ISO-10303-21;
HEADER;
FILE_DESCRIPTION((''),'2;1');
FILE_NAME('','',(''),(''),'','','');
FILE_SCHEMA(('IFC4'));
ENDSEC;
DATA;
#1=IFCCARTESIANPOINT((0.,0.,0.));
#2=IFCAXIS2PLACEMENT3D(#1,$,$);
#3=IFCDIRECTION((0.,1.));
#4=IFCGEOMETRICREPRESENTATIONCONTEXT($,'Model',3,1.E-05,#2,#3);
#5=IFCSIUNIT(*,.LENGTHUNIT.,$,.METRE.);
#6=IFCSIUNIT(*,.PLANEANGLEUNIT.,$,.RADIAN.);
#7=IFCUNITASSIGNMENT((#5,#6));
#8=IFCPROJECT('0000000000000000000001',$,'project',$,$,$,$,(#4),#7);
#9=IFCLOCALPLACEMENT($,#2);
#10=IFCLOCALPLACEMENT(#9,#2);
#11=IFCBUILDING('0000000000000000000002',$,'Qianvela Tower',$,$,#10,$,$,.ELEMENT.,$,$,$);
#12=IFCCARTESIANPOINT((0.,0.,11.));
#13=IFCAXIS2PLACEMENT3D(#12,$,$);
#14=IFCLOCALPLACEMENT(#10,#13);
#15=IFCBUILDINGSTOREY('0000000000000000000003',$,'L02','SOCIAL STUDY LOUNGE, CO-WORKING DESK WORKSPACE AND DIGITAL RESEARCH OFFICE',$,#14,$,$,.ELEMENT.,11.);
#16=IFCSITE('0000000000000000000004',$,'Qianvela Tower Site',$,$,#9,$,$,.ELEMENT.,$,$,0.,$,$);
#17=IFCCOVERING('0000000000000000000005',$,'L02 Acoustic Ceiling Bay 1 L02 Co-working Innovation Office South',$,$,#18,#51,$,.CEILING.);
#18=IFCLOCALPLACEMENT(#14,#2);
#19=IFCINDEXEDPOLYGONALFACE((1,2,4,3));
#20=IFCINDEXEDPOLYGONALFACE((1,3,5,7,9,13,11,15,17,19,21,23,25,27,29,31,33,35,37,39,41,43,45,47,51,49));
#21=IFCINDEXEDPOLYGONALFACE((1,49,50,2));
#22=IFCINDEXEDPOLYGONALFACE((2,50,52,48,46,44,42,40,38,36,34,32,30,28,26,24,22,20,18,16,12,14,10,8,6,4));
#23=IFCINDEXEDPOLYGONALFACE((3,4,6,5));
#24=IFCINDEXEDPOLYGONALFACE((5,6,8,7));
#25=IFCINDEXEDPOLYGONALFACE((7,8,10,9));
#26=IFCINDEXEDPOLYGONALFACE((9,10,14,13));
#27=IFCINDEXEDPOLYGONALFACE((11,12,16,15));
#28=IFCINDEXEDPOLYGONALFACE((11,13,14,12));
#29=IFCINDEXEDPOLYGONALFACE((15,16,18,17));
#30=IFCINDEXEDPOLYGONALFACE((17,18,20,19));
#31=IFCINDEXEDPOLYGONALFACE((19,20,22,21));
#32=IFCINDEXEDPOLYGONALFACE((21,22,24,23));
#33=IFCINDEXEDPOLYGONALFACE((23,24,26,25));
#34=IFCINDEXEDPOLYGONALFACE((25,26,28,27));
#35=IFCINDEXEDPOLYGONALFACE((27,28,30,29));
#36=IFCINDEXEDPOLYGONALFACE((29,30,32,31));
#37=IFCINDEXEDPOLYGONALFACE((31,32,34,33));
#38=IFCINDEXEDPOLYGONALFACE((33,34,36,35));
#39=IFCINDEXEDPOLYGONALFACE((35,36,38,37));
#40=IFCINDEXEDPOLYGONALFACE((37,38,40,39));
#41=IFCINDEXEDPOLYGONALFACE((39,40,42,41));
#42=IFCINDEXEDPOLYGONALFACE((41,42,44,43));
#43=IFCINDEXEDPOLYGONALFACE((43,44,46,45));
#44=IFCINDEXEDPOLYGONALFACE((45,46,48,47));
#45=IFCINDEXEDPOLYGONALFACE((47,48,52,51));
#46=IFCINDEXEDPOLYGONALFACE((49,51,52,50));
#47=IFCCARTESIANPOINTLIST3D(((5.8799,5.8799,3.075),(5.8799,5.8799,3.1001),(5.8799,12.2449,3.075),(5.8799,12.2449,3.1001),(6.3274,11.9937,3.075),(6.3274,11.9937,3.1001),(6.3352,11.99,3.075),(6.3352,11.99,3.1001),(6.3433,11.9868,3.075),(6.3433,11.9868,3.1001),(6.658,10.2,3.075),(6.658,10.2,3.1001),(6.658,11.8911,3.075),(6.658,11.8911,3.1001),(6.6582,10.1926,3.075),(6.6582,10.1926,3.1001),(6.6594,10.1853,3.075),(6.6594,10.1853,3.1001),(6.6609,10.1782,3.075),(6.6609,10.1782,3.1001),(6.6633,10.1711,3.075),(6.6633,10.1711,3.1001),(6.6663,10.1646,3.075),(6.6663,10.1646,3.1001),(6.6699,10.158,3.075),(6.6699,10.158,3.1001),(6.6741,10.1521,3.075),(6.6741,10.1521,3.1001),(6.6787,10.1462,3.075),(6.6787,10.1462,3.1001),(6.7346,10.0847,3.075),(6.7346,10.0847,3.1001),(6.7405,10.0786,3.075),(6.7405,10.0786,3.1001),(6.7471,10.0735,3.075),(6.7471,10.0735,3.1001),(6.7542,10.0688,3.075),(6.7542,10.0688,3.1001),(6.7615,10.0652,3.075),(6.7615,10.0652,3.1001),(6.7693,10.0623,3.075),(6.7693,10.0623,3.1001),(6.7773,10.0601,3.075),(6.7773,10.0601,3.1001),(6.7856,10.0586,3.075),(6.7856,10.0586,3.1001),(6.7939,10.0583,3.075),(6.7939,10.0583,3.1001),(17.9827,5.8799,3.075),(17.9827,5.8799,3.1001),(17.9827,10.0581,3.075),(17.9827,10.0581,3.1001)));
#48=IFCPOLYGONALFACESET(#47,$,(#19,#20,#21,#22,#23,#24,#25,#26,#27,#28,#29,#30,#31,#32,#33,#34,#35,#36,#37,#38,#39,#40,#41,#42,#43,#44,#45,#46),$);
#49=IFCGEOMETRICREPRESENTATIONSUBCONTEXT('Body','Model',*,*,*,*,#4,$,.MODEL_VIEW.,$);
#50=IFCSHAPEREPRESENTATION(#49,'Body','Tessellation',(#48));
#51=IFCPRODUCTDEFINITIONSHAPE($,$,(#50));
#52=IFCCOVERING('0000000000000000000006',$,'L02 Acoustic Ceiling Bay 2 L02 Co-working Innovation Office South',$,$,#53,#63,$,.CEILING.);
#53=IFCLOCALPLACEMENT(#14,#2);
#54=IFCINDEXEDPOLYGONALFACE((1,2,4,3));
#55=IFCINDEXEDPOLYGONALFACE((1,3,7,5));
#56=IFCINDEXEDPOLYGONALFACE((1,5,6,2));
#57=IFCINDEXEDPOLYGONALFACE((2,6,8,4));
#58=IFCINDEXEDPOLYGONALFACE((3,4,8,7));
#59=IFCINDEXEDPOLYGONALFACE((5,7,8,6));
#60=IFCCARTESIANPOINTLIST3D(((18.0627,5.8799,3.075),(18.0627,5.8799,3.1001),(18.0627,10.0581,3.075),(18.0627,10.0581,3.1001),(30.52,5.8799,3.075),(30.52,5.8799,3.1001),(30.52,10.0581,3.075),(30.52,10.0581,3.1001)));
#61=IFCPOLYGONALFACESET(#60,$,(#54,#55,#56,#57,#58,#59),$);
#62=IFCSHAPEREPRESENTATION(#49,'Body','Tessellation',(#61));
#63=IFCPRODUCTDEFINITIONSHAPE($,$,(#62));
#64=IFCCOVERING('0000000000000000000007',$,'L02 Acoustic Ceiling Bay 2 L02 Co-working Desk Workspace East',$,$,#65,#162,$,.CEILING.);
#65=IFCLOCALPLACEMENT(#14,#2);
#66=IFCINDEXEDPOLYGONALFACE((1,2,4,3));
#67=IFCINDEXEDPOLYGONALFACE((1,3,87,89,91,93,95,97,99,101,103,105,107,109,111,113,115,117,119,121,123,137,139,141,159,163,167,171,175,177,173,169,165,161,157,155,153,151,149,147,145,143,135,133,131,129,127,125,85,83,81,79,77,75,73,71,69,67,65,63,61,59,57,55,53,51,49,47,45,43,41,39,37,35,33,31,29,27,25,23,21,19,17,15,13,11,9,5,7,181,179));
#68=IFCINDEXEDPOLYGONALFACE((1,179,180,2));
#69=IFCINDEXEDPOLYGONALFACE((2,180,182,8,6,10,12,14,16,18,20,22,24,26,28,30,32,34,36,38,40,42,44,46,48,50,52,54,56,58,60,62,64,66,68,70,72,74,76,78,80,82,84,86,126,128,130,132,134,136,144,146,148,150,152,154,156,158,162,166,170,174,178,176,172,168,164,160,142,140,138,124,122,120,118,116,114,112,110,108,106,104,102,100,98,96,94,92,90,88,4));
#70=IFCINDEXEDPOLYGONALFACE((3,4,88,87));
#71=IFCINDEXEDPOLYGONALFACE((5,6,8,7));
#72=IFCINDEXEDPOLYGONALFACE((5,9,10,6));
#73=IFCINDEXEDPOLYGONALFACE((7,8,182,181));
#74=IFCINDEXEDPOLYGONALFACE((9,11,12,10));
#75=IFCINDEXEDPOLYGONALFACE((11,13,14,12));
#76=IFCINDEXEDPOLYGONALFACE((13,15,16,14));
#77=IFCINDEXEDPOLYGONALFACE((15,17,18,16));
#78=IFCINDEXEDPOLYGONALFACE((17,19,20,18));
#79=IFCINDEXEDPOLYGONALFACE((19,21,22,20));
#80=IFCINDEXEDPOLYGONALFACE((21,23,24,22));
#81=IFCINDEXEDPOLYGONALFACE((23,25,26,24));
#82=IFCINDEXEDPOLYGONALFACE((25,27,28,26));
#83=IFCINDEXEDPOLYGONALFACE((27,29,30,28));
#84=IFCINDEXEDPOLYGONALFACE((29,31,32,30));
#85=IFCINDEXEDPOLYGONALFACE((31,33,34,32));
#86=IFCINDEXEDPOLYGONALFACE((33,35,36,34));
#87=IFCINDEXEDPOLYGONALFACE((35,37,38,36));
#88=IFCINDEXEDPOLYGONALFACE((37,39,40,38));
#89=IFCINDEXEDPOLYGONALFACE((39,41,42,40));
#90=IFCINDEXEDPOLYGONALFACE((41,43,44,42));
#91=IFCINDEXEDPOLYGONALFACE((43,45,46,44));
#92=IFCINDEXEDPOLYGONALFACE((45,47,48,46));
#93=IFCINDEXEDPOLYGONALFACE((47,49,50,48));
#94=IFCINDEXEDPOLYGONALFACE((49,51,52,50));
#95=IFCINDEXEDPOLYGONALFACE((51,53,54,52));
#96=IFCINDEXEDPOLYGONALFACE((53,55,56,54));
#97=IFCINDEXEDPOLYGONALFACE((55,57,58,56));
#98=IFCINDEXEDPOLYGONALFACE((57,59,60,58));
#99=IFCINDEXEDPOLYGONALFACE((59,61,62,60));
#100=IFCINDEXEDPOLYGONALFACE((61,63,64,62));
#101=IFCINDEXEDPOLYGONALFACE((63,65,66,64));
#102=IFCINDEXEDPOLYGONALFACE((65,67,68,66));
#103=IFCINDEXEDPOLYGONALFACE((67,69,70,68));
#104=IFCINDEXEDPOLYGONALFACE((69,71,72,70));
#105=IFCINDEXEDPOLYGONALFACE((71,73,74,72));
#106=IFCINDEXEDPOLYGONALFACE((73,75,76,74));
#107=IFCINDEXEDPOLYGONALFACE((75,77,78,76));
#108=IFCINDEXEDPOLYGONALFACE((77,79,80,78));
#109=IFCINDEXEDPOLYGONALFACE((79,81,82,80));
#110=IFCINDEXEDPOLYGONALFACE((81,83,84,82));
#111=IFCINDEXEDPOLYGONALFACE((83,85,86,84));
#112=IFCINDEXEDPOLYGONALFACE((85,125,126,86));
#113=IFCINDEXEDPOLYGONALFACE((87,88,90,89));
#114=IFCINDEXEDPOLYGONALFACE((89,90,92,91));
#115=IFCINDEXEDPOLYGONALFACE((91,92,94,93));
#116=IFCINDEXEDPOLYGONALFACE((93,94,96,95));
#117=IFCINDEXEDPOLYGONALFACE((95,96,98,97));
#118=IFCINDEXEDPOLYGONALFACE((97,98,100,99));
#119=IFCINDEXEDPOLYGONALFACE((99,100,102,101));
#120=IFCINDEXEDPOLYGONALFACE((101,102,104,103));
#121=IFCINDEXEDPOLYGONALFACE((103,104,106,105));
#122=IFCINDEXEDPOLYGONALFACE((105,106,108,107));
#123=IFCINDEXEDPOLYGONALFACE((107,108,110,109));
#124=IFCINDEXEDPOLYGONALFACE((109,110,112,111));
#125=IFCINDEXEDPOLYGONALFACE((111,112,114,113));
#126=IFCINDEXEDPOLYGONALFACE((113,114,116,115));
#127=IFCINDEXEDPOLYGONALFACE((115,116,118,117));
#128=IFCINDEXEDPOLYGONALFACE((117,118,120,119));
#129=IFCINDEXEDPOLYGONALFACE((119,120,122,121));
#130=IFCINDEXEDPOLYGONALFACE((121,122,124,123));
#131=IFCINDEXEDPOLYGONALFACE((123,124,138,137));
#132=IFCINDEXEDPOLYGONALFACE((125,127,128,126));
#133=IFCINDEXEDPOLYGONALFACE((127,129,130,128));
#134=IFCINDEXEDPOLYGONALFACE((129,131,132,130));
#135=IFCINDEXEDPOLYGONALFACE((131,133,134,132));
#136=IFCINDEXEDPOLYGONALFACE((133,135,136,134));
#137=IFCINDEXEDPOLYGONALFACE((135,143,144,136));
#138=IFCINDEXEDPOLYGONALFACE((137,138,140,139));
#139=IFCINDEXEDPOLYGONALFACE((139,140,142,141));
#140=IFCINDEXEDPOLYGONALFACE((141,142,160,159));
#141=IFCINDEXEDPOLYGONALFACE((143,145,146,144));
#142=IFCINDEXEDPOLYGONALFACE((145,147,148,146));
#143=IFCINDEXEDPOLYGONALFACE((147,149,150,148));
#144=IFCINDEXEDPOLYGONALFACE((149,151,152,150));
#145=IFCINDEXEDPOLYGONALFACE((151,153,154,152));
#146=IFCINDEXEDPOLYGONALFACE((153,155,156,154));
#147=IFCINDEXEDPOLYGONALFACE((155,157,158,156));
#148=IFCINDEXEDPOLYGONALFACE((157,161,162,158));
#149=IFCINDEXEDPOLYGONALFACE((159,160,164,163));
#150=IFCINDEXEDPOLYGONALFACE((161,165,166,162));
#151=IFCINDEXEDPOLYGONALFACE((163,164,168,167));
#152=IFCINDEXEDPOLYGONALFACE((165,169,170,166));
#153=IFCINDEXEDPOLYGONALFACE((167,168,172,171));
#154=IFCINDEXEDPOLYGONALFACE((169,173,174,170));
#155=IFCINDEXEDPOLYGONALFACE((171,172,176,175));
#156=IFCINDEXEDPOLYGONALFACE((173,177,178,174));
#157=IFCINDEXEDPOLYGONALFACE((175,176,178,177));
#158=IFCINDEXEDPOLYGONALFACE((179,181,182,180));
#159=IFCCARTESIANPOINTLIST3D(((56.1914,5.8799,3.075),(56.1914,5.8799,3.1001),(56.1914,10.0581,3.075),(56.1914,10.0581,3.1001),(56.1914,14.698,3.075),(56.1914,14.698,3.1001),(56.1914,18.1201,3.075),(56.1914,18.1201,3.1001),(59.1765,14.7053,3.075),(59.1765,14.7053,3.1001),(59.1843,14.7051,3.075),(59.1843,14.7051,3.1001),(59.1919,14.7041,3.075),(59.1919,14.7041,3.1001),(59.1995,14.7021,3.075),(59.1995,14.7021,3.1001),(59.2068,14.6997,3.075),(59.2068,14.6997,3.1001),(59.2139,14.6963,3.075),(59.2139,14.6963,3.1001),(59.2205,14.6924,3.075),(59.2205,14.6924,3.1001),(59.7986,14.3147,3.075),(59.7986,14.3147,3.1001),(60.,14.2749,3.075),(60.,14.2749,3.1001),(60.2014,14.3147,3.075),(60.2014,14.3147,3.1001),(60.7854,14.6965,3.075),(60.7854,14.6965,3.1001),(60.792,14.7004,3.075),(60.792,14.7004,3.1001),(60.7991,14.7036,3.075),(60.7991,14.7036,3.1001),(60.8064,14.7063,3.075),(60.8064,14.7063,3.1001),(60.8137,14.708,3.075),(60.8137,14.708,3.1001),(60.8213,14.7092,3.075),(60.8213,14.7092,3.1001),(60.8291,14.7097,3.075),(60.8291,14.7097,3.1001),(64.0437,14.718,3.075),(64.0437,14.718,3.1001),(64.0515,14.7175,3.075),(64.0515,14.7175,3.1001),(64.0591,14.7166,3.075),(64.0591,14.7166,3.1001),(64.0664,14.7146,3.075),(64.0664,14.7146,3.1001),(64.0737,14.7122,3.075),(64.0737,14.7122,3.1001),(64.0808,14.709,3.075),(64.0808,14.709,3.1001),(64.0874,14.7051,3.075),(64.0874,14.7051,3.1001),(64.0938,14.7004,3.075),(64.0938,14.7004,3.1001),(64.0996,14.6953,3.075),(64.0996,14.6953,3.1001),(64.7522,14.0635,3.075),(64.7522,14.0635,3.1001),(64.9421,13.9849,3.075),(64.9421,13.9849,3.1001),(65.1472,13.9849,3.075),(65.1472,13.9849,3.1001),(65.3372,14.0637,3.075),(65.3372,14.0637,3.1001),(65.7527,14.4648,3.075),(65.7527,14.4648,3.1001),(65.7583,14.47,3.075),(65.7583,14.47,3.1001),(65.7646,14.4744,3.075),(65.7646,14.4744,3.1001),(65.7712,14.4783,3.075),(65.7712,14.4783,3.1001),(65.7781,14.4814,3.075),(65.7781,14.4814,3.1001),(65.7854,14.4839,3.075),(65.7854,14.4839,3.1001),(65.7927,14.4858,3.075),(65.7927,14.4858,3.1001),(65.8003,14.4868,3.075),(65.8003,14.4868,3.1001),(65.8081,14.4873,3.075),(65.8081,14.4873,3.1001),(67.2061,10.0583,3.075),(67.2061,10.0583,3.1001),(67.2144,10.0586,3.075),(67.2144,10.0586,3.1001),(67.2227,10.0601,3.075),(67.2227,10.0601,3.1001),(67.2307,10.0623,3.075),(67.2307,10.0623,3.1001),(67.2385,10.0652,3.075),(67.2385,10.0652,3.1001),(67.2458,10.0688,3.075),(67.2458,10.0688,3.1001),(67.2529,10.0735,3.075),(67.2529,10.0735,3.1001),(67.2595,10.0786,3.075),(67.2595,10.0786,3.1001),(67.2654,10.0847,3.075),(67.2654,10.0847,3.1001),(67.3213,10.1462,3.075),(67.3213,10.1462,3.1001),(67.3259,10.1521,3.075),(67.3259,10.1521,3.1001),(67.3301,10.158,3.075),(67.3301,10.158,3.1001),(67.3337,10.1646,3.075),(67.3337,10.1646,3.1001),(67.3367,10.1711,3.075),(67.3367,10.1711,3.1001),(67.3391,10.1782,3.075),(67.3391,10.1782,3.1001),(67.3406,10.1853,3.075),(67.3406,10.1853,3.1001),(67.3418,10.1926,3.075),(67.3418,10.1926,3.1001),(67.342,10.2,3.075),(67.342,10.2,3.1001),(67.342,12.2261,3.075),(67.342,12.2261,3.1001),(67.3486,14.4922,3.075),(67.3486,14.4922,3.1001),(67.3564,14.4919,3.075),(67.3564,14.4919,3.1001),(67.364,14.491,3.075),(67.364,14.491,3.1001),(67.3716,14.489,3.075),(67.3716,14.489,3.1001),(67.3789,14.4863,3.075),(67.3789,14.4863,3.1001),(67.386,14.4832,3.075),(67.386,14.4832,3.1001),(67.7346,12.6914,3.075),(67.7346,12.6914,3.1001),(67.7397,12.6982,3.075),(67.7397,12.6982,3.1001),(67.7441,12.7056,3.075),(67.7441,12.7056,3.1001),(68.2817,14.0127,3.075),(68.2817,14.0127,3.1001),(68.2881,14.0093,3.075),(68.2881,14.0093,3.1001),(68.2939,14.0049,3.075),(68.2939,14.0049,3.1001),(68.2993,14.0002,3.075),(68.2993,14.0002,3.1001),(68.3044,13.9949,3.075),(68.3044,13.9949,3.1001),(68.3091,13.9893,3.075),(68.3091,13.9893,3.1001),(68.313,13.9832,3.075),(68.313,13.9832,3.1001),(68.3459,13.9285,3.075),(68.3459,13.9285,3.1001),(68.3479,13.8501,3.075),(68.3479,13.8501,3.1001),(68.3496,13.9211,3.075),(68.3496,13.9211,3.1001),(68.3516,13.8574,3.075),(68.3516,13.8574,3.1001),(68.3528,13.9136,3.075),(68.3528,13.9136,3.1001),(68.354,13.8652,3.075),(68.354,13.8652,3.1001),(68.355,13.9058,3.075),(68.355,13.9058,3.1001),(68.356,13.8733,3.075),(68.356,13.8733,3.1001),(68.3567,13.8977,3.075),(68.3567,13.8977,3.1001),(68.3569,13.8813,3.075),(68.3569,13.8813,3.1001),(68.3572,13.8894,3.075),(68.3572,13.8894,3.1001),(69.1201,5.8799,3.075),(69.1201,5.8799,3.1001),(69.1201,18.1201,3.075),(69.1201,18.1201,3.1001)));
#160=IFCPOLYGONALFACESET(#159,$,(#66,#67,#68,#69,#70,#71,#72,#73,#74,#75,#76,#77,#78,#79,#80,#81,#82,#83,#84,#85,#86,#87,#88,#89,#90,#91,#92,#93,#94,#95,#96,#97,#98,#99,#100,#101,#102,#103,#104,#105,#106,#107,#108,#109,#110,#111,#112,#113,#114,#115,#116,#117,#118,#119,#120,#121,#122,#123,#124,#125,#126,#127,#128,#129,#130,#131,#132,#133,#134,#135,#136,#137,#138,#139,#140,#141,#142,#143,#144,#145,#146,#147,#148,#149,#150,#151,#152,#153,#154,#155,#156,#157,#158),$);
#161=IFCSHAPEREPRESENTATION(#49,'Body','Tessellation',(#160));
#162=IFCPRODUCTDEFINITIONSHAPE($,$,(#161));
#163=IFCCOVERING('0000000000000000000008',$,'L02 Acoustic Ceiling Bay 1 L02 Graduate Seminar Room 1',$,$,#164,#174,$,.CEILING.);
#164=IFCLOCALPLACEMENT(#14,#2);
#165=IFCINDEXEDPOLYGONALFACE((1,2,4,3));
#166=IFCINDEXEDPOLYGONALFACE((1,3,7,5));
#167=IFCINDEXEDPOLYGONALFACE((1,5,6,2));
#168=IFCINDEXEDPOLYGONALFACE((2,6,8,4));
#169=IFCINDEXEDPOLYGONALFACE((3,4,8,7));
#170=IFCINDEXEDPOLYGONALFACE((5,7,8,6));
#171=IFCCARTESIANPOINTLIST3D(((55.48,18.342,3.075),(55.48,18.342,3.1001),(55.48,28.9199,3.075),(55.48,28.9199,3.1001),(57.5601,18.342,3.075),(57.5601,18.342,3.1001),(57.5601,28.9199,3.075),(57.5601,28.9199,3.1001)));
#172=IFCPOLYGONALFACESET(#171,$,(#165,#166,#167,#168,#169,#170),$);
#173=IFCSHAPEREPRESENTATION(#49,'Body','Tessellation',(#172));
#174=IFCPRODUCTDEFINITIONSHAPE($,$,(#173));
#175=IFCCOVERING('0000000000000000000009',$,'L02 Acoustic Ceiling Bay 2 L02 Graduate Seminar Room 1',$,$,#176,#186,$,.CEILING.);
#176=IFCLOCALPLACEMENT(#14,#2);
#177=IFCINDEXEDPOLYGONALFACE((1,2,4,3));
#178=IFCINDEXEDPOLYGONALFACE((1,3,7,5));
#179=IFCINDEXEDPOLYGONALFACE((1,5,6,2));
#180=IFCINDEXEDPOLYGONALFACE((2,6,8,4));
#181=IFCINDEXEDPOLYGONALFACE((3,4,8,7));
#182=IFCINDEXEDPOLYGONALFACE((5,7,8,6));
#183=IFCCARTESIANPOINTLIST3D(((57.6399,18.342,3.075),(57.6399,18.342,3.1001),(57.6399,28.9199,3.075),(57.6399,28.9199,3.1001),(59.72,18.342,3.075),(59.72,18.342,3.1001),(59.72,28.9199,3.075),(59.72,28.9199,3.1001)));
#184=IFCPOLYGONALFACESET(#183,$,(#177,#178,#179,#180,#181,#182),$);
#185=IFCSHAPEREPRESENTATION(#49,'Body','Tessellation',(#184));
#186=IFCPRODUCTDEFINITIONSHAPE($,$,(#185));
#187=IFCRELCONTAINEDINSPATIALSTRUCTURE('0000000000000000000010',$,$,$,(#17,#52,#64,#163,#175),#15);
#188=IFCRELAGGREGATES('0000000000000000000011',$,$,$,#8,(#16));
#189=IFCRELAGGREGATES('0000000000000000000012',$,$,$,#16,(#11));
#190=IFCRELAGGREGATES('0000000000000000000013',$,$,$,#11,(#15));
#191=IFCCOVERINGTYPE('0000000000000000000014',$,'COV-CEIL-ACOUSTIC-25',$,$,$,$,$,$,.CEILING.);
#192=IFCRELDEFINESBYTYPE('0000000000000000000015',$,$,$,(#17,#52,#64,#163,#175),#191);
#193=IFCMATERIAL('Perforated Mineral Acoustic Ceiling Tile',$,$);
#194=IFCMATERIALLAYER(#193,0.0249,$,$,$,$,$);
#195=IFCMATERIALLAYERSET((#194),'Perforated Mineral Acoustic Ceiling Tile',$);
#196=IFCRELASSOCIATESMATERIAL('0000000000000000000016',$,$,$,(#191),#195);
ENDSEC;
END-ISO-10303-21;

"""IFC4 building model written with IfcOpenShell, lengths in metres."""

from ifc_helpers import new_model, si_unit, direction, frame, origin, place, context, subcontext, project, spatial, polyline, outline, extrude, material, layer, layer_set, type_object, element, save


model = new_model("IFC4")

# Units and contexts
model_context = context("Model", 3, precision=1e-05, world=origin(), true_north=direction((0.0, 1.0)))
body_context = subcontext(model_context, "Body", "Model", "MODEL_VIEW")
ifc_project = project(units=[si_unit("LENGTHUNIT", "METRE"), si_unit("PLANEANGLEUNIT", "RADIAN")], contexts=[model_context])

# Site, building, storey
site_placement = place(None, origin())
site = spatial("IfcSite", under=ifc_project, at=site_placement, Name="Qianvela Tower Site", CompositionType="ELEMENT", RefElevation=0.0)
building_placement = place(site_placement, origin())
building = spatial("IfcBuilding", under=site, at=building_placement, Name="Qianvela Tower", CompositionType="ELEMENT")
storey_placement = place(building_placement, frame((0.0, 0.0, 11.0)))
storey = spatial("IfcBuildingStorey", under=building, at=storey_placement, Name="L02", Description="SOCIAL STUDY LOUNGE, CO-WORKING DESK WORKSPACE AND DIGITAL RESEARCH OFFICE", CompositionType="ELEMENT", Elevation=11.0)

# Coverings
ifc_material_1 = material(Name="Perforated Mineral Acoustic Ceiling Tile")
ifc_layer_1 = layer(ifc_material_1, 0.0249)
ifc_layer_set_1 = layer_set([ifc_layer_1], Name="Perforated Mineral Acoustic Ceiling Tile")
covering_type_1 = type_object("IfcCoveringType", Name="COV-CEIL-ACOUSTIC-25", PredefinedType="CEILING", material=ifc_layer_set_1)
covering_1_placement = place(storey_placement, frame((0.0, 0.0, 3.075)))
element("IfcCovering", 1, at=covering_1_placement, inside=storey, type_object=covering_type_1, Name="L02 Acoustic Ceiling Bay 1 L02 Co-working Innovation Office South", PredefinedType="CEILING", context=body_context, shape_type="SweptSolid", body=[
    extrude(outline(polyline([(5.8799, 5.8799), (5.8799, 12.2449), (6.3274, 11.9937), (6.3352, 11.99), (6.3433, 11.9868), (6.658, 11.8911), (6.658, 10.2), (6.6582, 10.1926), (6.6594, 10.1853), (6.6609, 10.1782), (6.6633, 10.1711), (6.6663, 10.1646), (6.6699, 10.158), (6.6741, 10.1521), (6.6787, 10.1462), (6.7346, 10.0847), (6.7405, 10.0786), (6.7471, 10.0735), (6.7542, 10.0688), (6.7615, 10.0652), (6.7693, 10.0623), (6.7773, 10.0601), (6.7856, 10.0586), (6.7939, 10.0583), (17.9827, 10.0581), (17.9827, 5.8799), (5.8799, 5.8799)])), origin(), (0.0, 0.0, 1.0), 0.0251),
])
covering_2_placement = place(storey_placement, frame((0.0, 0.0, 3.075)))
element("IfcCovering", 2, at=covering_2_placement, inside=storey, type_object=covering_type_1, Name="L02 Acoustic Ceiling Bay 2 L02 Co-working Innovation Office South", PredefinedType="CEILING", context=body_context, shape_type="SweptSolid", body=[
    extrude(outline(polyline([(18.0627, 5.8799), (18.0627, 10.0581), (30.52, 10.0581), (30.52, 5.8799), (18.0627, 5.8799)])), origin(), (0.0, 0.0, 1.0), 0.0251),
])
covering_3_placement = place(storey_placement, frame((0.0, 0.0, 3.075)))
element("IfcCovering", 3, at=covering_3_placement, inside=storey, type_object=covering_type_1, Name="L02 Acoustic Ceiling Bay 2 L02 Co-working Desk Workspace East", PredefinedType="CEILING", context=body_context, shape_type="SweptSolid", body=[
    extrude(outline(polyline([(56.1914, 5.8799), (56.1914, 10.0581), (67.2061, 10.0583), (67.2144, 10.0586), (67.2227, 10.0601), (67.2307, 10.0623), (67.2385, 10.0652), (67.2458, 10.0688), (67.2529, 10.0735), (67.2595, 10.0786), (67.2654, 10.0847), (67.3213, 10.1462), (67.3259, 10.1521), (67.3301, 10.158), (67.3337, 10.1646), (67.3367, 10.1711), (67.3391, 10.1782), (67.3406, 10.1853), (67.3418, 10.1926), (67.342, 10.2), (67.342, 12.2261), (67.7346, 12.6914), (67.7397, 12.6982), (67.7441, 12.7056), (68.3479, 13.8501), (68.3516, 13.8574), (68.354, 13.8652), (68.356, 13.8733), (68.3569, 13.8813), (68.3572, 13.8894), (68.3567, 13.8977), (68.355, 13.9058), (68.3528, 13.9136), (68.3496, 13.9211), (68.3459, 13.9285), (68.313, 13.9832), (68.3091, 13.9893), (68.3044, 13.9949), (68.2993, 14.0002), (68.2939, 14.0049), (68.2881, 14.0093), (68.2817, 14.0127), (67.386, 14.4832), (67.3789, 14.4863), (67.3716, 14.489), (67.364, 14.491), (67.3564, 14.4919), (67.3486, 14.4922), (65.8081, 14.4873), (65.8003, 14.4868), (65.7927, 14.4858), (65.7854, 14.4839), (65.7781, 14.4814), (65.7712, 14.4783), (65.7646, 14.4744), (65.7583, 14.47), (65.7527, 14.4648), (65.3372, 14.0637), (65.1472, 13.9849), (64.9421, 13.9849), (64.7522, 14.0635), (64.0996, 14.6953), (64.0938, 14.7004), (64.0874, 14.7051), (64.0808, 14.709), (64.0737, 14.7122), (64.0664, 14.7146), (64.0591, 14.7166), (64.0515, 14.7175), (64.0437, 14.718), (60.8291, 14.7097), (60.8213, 14.7092), (60.8137, 14.708), (60.8064, 14.7063), (60.7991, 14.7036), (60.792, 14.7004), (60.7854, 14.6965), (60.2014, 14.3147), (60.0, 14.2749), (59.7986, 14.3147), (59.2205, 14.6924), (59.2139, 14.6963), (59.2068, 14.6997), (59.1995, 14.7021), (59.1919, 14.7041), (59.1843, 14.7051), (59.1765, 14.7053), (56.1914, 14.698), (56.1914, 18.1201), (69.1201, 18.1201), (69.1201, 5.8799), (56.1914, 5.8799)])), origin(), (0.0, 0.0, 1.0), 0.0251),
])
covering_4_placement = place(storey_placement, frame((0.0, 0.0, 3.075)))
element("IfcCovering", 4, at=covering_4_placement, inside=storey, type_object=covering_type_1, Name="L02 Acoustic Ceiling Bay 1 L02 Graduate Seminar Room 1", PredefinedType="CEILING", context=body_context, shape_type="SweptSolid", body=[
    extrude(outline(polyline([(55.48, 18.342), (55.48, 28.9199), (57.5601, 28.9199), (57.5601, 18.342), (55.48, 18.342)])), origin(), (0.0, 0.0, 1.0), 0.0251),
])
covering_5_placement = place(storey_placement, frame((0.0, 0.0, 3.075)))
element("IfcCovering", 5, at=covering_5_placement, inside=storey, type_object=covering_type_1, Name="L02 Acoustic Ceiling Bay 2 L02 Graduate Seminar Room 1", PredefinedType="CEILING", context=body_context, shape_type="SweptSolid", body=[
    extrude(outline(polyline([(57.6399, 18.342), (57.6399, 28.9199), (59.72, 28.9199), (59.72, 18.342), (57.6399, 18.342)])), origin(), (0.0, 0.0, 1.0), 0.0251),
])

save(model, "model.ifc")
